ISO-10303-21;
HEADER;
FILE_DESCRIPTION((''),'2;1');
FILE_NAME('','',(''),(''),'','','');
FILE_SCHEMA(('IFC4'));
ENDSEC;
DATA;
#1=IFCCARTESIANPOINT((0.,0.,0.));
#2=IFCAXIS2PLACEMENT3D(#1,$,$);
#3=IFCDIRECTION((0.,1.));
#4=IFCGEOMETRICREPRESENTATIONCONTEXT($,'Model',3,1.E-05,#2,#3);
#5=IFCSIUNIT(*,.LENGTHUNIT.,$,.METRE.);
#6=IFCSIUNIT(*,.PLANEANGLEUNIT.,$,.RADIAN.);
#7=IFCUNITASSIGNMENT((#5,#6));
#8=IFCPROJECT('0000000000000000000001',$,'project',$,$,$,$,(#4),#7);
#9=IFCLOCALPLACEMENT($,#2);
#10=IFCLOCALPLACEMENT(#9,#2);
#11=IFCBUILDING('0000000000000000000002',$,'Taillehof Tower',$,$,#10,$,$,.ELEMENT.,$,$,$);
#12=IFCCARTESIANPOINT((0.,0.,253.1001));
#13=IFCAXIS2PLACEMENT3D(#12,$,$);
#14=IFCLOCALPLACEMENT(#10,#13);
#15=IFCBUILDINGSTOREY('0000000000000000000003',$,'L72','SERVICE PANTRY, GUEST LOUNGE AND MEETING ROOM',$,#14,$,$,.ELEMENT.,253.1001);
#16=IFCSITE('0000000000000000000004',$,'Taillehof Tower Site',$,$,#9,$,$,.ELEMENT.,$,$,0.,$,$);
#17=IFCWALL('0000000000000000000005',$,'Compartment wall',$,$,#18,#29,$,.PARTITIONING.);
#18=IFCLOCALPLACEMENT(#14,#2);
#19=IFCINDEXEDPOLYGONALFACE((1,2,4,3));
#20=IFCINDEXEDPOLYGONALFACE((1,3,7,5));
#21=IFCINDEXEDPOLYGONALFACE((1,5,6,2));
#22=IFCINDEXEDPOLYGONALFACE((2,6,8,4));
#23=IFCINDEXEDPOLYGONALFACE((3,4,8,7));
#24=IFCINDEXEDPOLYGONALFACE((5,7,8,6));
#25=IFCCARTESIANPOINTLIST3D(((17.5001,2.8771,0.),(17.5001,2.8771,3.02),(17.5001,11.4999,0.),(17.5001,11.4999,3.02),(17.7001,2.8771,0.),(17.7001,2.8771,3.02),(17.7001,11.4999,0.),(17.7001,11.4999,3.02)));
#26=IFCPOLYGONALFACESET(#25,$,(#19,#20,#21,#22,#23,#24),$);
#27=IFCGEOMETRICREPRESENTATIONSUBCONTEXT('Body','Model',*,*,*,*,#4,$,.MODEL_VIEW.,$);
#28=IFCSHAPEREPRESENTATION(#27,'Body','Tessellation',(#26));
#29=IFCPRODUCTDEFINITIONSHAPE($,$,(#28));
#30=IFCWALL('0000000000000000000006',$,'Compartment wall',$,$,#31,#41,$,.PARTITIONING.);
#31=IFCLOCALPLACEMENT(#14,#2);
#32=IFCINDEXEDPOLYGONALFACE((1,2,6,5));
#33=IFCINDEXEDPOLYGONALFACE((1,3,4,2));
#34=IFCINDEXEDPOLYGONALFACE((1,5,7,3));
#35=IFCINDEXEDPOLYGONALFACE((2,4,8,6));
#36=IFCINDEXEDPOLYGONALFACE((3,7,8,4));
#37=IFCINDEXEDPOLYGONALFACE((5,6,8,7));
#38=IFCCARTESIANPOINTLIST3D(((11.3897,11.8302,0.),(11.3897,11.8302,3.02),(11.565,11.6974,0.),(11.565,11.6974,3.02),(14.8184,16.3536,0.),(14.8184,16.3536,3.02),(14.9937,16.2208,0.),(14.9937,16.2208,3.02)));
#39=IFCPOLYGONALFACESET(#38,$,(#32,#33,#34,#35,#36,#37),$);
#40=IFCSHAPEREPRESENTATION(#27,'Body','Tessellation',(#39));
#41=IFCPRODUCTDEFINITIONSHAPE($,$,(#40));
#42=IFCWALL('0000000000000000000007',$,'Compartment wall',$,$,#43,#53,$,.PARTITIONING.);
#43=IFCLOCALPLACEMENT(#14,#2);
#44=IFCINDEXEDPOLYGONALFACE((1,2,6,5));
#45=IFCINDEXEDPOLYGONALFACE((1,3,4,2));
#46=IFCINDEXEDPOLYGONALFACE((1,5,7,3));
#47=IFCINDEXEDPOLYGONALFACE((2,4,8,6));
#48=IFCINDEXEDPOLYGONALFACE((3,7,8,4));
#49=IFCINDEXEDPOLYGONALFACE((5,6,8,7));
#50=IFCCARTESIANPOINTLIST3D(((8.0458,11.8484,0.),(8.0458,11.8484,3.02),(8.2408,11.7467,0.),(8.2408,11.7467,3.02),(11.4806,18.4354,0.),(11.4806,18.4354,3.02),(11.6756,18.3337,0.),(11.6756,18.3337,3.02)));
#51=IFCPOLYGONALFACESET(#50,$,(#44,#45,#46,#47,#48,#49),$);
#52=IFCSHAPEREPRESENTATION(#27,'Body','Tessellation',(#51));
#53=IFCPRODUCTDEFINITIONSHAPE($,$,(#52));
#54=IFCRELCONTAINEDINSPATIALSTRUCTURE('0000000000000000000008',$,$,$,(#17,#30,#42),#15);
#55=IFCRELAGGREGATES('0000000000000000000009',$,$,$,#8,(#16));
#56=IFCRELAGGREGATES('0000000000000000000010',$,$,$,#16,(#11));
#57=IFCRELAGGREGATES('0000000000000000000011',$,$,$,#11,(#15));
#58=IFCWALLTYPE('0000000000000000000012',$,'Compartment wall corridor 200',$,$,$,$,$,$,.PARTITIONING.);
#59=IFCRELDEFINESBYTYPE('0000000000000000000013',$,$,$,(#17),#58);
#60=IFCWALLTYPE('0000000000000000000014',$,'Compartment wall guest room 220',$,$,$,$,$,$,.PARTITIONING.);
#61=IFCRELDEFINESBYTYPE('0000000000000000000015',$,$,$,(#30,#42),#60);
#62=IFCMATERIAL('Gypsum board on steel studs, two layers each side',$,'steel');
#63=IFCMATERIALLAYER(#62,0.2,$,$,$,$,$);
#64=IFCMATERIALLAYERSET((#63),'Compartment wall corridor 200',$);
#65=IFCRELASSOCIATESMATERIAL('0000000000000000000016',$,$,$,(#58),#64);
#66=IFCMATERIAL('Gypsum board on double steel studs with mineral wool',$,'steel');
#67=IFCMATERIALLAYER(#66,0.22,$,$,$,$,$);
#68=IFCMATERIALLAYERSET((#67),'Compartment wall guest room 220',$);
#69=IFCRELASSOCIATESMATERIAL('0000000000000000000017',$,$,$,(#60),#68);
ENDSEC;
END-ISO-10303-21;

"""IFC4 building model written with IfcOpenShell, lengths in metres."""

from ifc_helpers import new_model, si_unit, direction, frame, frame_2d, origin, place, context, subcontext, project, spatial, rectangle, extrude, material, layer, layer_set, type_object, element, save


model = new_model("IFC4")

# Units and contexts
model_context = context("Model", 3, precision=1e-05, world=origin(), true_north=direction((0.0, 1.0)))
body_context = subcontext(model_context, "Body", "Model", "MODEL_VIEW")
ifc_project = project(units=[si_unit("LENGTHUNIT", "METRE"), si_unit("PLANEANGLEUNIT", "RADIAN")], contexts=[model_context])

# Site, building, storey
site_placement = place(None, origin())
site = spatial("IfcSite", under=ifc_project, at=site_placement, Name="Taillehof Tower Site", CompositionType="ELEMENT", RefElevation=0.0)
building_placement = place(site_placement, origin())
building = spatial("IfcBuilding", under=site, at=building_placement, Name="Taillehof Tower", CompositionType="ELEMENT")
storey_placement = place(building_placement, frame((0.0, 0.0, 253.1001)))
storey = spatial("IfcBuildingStorey", under=building, at=storey_placement, Name="L72", Description="SERVICE PANTRY, GUEST LOUNGE AND MEETING ROOM", CompositionType="ELEMENT", Elevation=253.1001)

# Shared definitions
ifc_material_1 = material(Name="Gypsum board on steel studs, two layers each side", Category="steel")
ifc_layer_1 = layer(ifc_material_1, 0.2)
ifc_layer_set_1 = layer_set([ifc_layer_1], Name="Compartment wall corridor 200")
wall_type_1 = type_object("IfcWallType", Name="Compartment wall corridor 200", PredefinedType="PARTITIONING", material=ifc_layer_set_1)

# Walls
wall_1_placement = place(storey_placement, frame((17.6001, 11.5, 0.0), z_axis=(0.0, 0.0, 1.0), x_axis=(0.0, -1.0, 0.0)))
element("IfcWall", 1, at=wall_1_placement, inside=storey, type_object=wall_type_1, Name="Compartment wall", PredefinedType="PARTITIONING", context=body_context, shape_type="SweptSolid", body=[
    extrude(rectangle(XDim=8.6228, YDim=0.2, at=frame_2d((4.3115, 0.0))), origin(), (0.0, 0.0, 1.0), 3.02),
])
ifc_material_2 = material(Name="Gypsum board on double steel studs with mineral wool", Category="steel")
ifc_layer_2 = layer(ifc_material_2, 0.22)
ifc_layer_set_2 = layer_set([ifc_layer_2], Name="Compartment wall guest room 220")
wall_type_2 = type_object("IfcWallType", Name="Compartment wall guest room 220", PredefinedType="PARTITIONING", material=ifc_layer_set_2)
wall_2_placement = place(storey_placement, frame((14.906, 16.2871, 0.0), z_axis=(0.0, 0.0, 1.0), x_axis=(-0.604066, -0.796934, 0.0)))
element("IfcWall", 2, at=wall_2_placement, inside=storey, type_object=wall_type_2, Name="Compartment wall", PredefinedType="PARTITIONING", context=body_context, shape_type="SweptSolid", body=[
    extrude(rectangle(XDim=5.676, YDim=0.22, at=frame_2d((2.8379, 0.0))), origin(), (0.0, 0.0, 1.0), 3.02),
])
wall_3_placement = place(storey_placement, frame((11.5781, 18.3845, 0.0), z_axis=(0.0, 0.0, 1.0), x_axis=(-0.462372, -0.886686, 0.0)))
element("IfcWall", 3, at=wall_3_placement, inside=storey, type_object=wall_type_2, Name="Compartment wall", PredefinedType="PARTITIONING", context=body_context, shape_type="SweptSolid", body=[
    extrude(rectangle(XDim=7.4287, YDim=0.22, at=frame_2d((3.7144, 0.0))), origin(), (0.0, 0.0, 1.0), 3.02),
])

save(model, "model.ifc")
